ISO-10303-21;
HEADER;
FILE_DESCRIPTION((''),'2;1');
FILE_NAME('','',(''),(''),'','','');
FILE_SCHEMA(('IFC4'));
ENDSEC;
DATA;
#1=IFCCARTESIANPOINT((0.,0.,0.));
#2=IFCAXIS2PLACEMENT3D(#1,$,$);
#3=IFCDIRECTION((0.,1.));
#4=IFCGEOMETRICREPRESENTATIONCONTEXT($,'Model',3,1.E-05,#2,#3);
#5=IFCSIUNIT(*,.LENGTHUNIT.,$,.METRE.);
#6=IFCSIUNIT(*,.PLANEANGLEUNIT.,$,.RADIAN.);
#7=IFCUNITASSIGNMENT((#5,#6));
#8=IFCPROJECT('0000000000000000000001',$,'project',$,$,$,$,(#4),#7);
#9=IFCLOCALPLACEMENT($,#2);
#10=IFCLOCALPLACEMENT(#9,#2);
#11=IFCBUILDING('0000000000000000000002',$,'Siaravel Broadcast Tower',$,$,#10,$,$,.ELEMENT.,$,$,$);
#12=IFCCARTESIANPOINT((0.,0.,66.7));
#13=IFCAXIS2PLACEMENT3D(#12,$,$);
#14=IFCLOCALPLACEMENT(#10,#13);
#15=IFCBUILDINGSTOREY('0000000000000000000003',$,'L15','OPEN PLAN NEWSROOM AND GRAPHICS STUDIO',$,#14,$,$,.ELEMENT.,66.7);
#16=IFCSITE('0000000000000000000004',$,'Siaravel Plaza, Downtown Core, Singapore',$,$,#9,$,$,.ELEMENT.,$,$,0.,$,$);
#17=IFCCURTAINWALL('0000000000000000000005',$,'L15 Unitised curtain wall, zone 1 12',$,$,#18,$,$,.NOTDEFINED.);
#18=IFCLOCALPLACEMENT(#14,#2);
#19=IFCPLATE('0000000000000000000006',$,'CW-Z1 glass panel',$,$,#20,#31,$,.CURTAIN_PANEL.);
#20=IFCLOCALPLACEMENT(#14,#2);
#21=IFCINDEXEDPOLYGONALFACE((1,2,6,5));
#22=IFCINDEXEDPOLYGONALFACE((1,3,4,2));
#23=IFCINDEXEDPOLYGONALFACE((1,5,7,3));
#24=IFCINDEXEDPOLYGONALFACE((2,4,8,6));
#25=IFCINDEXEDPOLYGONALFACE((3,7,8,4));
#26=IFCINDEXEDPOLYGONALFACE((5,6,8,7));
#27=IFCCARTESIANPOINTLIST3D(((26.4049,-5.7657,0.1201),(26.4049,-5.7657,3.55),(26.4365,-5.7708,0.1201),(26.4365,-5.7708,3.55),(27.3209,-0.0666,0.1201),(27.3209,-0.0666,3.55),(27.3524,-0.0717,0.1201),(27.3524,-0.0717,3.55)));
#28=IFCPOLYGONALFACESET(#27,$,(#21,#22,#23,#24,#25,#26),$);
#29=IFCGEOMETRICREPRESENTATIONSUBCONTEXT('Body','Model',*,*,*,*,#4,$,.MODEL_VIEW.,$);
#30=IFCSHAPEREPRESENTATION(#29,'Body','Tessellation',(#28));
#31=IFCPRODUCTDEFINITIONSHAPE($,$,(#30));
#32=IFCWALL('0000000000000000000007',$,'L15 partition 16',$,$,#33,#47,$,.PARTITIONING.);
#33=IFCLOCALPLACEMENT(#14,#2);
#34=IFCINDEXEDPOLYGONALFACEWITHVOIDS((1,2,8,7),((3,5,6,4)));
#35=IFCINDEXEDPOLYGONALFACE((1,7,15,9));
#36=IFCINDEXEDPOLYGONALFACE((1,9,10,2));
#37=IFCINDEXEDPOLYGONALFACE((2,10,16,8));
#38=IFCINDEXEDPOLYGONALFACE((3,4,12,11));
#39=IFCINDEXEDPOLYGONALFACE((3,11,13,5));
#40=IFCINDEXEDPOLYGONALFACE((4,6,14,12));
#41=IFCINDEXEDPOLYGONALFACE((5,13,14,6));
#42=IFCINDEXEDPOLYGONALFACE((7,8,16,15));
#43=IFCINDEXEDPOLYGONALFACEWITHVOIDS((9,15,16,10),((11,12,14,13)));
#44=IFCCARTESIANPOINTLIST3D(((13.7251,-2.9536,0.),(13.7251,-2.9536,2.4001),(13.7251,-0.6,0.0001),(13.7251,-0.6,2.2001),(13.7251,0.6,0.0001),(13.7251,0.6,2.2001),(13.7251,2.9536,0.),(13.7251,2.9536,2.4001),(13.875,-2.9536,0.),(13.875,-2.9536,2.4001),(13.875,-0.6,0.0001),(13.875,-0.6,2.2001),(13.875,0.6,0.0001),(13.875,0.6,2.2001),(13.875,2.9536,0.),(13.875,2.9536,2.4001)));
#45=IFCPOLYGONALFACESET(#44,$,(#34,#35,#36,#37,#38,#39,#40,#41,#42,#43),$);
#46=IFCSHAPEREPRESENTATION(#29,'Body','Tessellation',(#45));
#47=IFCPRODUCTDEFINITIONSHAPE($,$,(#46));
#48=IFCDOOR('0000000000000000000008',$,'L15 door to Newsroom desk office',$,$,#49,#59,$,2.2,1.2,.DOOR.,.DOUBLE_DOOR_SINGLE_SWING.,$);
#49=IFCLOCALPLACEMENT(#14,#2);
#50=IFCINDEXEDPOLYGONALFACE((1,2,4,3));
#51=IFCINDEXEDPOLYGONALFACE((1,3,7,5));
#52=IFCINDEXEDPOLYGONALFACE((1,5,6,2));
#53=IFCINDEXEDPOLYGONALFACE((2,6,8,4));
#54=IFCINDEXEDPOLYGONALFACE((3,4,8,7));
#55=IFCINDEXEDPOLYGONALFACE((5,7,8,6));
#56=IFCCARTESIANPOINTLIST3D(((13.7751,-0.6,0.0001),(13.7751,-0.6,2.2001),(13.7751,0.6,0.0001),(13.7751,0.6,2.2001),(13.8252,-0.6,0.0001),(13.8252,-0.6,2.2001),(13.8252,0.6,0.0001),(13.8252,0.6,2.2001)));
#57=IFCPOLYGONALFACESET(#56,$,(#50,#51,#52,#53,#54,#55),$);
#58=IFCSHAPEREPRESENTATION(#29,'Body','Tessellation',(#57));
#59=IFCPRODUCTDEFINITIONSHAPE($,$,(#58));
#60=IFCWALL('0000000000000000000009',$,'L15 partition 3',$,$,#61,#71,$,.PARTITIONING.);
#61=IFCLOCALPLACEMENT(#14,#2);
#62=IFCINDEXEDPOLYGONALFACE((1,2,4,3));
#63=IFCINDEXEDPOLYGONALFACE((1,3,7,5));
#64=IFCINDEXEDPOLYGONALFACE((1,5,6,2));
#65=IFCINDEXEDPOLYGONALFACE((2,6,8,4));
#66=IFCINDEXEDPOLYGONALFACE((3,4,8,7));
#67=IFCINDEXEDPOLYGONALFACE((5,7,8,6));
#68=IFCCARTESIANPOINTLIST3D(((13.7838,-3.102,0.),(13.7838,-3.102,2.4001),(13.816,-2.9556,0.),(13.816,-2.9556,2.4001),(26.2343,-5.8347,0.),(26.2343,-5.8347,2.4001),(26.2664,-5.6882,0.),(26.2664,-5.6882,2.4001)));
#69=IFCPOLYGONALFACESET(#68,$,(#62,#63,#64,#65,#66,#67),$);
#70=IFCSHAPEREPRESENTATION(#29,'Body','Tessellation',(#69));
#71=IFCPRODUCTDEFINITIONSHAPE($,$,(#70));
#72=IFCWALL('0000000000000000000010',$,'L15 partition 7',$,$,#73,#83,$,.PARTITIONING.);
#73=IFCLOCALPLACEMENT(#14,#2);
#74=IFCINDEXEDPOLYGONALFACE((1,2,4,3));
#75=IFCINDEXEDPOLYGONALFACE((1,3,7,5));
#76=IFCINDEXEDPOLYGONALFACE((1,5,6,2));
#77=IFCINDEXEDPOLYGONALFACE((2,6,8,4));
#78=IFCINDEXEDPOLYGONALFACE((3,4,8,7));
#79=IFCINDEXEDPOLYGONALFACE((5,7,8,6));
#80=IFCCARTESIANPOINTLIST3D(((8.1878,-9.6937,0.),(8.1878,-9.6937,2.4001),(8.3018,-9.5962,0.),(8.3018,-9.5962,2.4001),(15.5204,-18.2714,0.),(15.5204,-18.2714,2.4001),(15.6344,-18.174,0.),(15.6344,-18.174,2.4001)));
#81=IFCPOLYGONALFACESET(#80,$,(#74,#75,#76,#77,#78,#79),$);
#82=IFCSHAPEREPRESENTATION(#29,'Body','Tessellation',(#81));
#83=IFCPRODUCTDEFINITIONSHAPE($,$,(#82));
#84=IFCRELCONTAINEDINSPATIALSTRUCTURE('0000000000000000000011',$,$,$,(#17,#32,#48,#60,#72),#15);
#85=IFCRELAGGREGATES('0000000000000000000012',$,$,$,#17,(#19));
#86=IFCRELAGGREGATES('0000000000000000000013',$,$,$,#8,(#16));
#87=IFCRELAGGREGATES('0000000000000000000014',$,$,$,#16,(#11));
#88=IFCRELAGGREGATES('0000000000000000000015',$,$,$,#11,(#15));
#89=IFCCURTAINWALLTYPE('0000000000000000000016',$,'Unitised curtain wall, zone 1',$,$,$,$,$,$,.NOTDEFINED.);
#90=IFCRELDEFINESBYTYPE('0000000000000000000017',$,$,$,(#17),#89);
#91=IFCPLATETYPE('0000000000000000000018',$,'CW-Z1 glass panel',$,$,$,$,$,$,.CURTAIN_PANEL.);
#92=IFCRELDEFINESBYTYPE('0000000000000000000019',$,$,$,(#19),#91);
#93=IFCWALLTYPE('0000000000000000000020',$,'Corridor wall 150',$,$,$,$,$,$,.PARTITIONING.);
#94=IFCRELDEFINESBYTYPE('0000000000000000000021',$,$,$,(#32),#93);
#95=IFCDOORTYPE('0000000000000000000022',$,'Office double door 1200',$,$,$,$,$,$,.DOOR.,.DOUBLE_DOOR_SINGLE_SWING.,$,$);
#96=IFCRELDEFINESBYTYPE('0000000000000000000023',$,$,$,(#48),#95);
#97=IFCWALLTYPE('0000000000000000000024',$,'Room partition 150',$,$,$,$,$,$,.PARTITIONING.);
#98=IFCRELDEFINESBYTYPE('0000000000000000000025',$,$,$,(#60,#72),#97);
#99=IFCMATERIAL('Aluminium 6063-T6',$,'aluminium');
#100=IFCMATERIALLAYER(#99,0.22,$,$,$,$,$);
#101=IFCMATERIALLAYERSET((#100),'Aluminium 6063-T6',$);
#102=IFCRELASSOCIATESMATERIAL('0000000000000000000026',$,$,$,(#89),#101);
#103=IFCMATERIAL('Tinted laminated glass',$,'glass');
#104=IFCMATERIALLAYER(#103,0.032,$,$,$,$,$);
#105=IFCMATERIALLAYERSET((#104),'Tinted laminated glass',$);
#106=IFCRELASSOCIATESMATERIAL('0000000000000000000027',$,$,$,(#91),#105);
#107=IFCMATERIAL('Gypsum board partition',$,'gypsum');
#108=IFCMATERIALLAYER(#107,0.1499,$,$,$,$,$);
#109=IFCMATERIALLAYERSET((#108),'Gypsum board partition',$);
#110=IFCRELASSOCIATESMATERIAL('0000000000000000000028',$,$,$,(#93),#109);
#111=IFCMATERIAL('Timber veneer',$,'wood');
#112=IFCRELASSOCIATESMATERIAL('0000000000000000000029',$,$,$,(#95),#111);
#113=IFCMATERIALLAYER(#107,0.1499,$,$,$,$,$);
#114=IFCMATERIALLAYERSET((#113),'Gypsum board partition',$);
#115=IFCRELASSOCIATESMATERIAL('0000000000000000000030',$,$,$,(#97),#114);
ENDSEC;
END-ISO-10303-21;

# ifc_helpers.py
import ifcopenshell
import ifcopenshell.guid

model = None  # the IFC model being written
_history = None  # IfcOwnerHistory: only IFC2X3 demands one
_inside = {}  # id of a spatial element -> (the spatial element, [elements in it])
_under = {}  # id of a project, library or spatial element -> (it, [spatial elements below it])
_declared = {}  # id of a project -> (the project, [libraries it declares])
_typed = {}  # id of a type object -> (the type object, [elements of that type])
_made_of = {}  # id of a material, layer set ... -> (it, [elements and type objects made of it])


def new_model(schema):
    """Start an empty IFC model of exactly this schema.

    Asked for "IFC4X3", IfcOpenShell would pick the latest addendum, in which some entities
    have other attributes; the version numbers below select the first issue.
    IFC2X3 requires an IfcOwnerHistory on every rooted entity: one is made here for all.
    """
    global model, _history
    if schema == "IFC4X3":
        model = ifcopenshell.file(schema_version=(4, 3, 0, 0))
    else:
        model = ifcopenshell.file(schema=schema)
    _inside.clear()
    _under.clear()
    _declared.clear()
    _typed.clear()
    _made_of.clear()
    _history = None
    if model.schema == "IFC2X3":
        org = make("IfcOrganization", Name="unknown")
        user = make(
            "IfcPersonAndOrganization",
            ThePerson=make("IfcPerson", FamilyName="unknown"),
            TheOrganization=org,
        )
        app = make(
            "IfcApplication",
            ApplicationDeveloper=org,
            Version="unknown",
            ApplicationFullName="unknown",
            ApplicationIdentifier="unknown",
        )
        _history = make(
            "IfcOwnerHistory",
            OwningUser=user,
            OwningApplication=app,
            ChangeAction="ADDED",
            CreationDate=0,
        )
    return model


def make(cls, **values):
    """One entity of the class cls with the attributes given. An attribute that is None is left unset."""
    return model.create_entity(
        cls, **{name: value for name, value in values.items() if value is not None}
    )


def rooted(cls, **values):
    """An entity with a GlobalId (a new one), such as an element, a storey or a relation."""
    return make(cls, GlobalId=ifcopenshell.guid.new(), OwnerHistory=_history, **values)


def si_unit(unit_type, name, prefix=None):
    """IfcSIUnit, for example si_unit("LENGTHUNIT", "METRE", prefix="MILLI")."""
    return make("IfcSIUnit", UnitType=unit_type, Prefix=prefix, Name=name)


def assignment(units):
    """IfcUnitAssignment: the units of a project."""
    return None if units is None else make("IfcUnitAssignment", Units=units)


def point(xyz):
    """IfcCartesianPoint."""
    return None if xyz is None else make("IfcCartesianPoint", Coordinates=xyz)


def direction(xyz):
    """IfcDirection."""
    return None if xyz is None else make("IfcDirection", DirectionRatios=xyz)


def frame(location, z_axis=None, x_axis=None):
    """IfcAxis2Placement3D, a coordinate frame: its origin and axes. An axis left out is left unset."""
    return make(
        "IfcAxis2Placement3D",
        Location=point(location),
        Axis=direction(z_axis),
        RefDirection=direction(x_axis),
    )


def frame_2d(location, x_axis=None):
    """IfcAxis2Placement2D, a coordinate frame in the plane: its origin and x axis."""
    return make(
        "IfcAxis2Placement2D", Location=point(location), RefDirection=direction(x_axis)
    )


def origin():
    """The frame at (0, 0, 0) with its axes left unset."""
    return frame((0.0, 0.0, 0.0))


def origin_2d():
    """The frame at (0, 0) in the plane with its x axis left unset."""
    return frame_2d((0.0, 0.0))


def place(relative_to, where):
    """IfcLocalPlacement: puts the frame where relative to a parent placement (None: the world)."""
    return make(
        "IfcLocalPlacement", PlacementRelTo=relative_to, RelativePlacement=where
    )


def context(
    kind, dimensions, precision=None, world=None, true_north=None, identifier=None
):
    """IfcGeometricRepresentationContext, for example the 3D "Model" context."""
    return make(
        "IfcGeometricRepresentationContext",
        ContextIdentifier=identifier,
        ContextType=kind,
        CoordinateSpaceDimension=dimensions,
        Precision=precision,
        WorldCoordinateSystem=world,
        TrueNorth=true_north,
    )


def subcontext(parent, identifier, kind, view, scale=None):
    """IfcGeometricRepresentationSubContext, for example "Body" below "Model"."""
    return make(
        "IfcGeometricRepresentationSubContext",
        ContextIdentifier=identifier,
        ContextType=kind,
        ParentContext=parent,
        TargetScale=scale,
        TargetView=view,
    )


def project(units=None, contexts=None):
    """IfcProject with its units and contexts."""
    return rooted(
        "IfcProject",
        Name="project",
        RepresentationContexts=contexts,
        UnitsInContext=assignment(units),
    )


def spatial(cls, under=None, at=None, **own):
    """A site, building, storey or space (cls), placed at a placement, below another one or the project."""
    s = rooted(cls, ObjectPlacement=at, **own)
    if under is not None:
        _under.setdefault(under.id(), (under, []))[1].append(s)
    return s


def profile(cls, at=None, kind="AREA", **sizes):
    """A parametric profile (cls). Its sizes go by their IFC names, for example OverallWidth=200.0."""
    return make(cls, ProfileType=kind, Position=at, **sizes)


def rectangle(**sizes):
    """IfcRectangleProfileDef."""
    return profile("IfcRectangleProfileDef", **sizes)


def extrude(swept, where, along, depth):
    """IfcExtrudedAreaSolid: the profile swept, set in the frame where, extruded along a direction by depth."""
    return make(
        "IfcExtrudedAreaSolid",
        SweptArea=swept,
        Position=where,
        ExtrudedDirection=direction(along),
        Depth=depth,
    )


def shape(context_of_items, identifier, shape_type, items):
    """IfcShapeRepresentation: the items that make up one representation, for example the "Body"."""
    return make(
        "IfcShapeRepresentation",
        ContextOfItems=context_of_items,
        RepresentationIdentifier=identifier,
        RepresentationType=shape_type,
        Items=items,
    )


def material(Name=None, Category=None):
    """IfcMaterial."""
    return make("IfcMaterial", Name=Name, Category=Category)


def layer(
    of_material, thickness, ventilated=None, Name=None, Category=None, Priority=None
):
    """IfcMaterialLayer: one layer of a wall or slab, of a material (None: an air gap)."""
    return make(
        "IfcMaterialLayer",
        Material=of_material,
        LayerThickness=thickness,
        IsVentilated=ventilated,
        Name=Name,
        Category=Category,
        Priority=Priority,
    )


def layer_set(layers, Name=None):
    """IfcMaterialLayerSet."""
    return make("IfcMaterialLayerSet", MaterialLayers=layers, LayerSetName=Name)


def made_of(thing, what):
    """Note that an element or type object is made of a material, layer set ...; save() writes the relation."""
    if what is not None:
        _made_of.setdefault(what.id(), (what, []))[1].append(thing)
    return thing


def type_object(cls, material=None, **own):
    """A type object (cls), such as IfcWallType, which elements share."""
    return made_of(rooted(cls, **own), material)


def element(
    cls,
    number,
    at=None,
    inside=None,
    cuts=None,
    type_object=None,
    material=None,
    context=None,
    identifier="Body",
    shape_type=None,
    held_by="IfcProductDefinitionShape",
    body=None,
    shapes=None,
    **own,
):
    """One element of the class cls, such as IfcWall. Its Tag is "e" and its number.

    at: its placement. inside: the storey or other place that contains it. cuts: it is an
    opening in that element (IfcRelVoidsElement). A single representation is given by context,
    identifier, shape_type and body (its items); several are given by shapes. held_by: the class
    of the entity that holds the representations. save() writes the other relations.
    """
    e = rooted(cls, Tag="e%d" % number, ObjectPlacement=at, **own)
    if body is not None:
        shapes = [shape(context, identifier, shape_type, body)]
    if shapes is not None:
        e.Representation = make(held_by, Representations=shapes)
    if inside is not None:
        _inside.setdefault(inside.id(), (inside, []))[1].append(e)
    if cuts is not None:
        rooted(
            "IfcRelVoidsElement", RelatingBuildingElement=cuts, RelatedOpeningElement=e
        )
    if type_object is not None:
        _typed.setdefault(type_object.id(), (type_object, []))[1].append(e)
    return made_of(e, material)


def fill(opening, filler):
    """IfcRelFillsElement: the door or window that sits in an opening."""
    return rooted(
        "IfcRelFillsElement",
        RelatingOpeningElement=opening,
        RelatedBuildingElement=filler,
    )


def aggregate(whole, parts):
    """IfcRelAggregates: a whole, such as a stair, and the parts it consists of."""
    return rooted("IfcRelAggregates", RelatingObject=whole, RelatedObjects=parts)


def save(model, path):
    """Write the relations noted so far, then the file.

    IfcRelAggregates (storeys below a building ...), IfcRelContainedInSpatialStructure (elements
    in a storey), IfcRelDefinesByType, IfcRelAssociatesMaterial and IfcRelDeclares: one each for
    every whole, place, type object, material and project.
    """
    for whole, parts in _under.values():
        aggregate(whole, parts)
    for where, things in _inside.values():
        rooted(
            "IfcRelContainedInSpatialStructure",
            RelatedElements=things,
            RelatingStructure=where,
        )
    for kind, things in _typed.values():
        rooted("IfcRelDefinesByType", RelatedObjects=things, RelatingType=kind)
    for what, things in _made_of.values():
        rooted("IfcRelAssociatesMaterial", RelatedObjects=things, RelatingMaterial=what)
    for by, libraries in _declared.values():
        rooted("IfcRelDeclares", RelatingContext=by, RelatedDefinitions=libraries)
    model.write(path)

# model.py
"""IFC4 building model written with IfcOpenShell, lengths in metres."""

from ifc_helpers import new_model, si_unit, direction, frame, frame_2d, origin, origin_2d, place, context, subcontext, project, spatial, rectangle, extrude, material, layer, layer_set, type_object, element, fill, aggregate, save


model = new_model("IFC4")

# Units and contexts
model_context = context("Model", 3, precision=1e-05, world=origin(), true_north=direction((0.0, 1.0)))
body_context = subcontext(model_context, "Body", "Model", "MODEL_VIEW")
ifc_project = project(units=[si_unit("LENGTHUNIT", "METRE"), si_unit("PLANEANGLEUNIT", "RADIAN")], contexts=[model_context])

# Site, building, storey
site_placement = place(None, origin())
site = spatial("IfcSite", under=ifc_project, at=site_placement, Name="Siaravel Plaza, Downtown Core, Singapore", CompositionType="ELEMENT", RefElevation=0.0)
building_placement = place(site_placement, origin())
building = spatial("IfcBuilding", under=site, at=building_placement, Name="Siaravel Broadcast Tower", CompositionType="ELEMENT")
storey_placement = place(building_placement, frame((0.0, 0.0, 66.7)))
storey = spatial("IfcBuildingStorey", under=building, at=storey_placement, Name="L15", Description="OPEN PLAN NEWSROOM AND GRAPHICS STUDIO", CompositionType="ELEMENT", Elevation=66.7)

# Shared definitions
ifc_material_1 = material(Name="Aluminium 6063-T6", Category="aluminium")
ifc_layer_1 = layer(ifc_material_1, 0.22)
ifc_layer_set_1 = layer_set([ifc_layer_1], Name="Aluminium 6063-T6")
curtain_wall_type = type_object("IfcCurtainWallType", Name="Unitised curtain wall, zone 1", PredefinedType="NOTDEFINED", material=ifc_layer_set_1)

# Curtain wall
curtain_wall_1_placement = place(storey_placement, origin())
curtain_wall_1 = element("IfcCurtainWall", 1, at=curtain_wall_1_placement, inside=storey, type_object=curtain_wall_type, Name="L15 Unitised curtain wall, zone 1 12", PredefinedType="NOTDEFINED")

# Plate
ifc_material_2 = material(Name="Tinted laminated glass", Category="glass")
ifc_layer_2 = layer(ifc_material_2, 0.032)
ifc_layer_set_2 = layer_set([ifc_layer_2], Name="Tinted laminated glass")
plate_type = type_object("IfcPlateType", Name="CW-Z1 glass panel", PredefinedType="CURTAIN_PANEL", material=ifc_layer_set_2)
plate_1_placement = place(storey_placement, frame((26.8787, -2.9187, 0.1201), z_axis=(0.0, 0.0, 1.0), x_axis=(0.158686, 0.987329, 0.0)))
plate_1 = element("IfcPlate", 2, at=plate_1_placement, type_object=plate_type, Name="CW-Z1 glass panel", PredefinedType="CURTAIN_PANEL", context=body_context, shape_type="SweptSolid", body=[
    extrude(rectangle(XDim=5.7722, YDim=0.032, at=origin_2d()), origin(), (0.0, 0.0, 1.0), 3.4299),
])
aggregate(curtain_wall_1, [plate_1])

# Wall, opening, door
ifc_material_3 = material(Name="Gypsum board partition", Category="gypsum")
ifc_layer_3 = layer(ifc_material_3, 0.1499)
ifc_layer_set_3 = layer_set([ifc_layer_3], Name="Gypsum board partition")
wall_type_1 = type_object("IfcWallType", Name="Corridor wall 150", PredefinedType="PARTITIONING", material=ifc_layer_set_3)
wall_1_placement = place(storey_placement, frame((13.8, -2.9536, 0.0), z_axis=(0.0, 0.0, 1.0), x_axis=(0.0, 1.0, 0.0)))
wall_1 = element("IfcWall", 3, at=wall_1_placement, inside=storey, type_object=wall_type_1, Name="L15 partition 16", PredefinedType="PARTITIONING", context=body_context, shape_type="SweptSolid", body=[
    extrude(rectangle(XDim=5.9072, YDim=0.1499, at=frame_2d((2.9536, 0.0))), origin(), (0.0, 0.0, 1.0), 2.4001),
])
opening_1_placement = place(wall_1_placement, frame((2.3535, 0.0, 0.0)))
opening_1 = element("IfcOpeningElement", 4, at=opening_1_placement, cuts=wall_1, PredefinedType="OPENING", context=body_context, shape_type="SweptSolid", body=[
    extrude(rectangle(XDim=1.2, YDim=2.2, at=frame_2d((0.6001, 1.1001))), frame((0.0, 0.085, 0.0), z_axis=(0.0, -1.0, 0.0), x_axis=(1.0, 0.0, 0.0)), (0.0, 0.0, 1.0), 0.1699),
])
ifc_material_4 = material(Name="Timber veneer", Category="wood")
door_type_1 = type_object("IfcDoorType", Name="Office double door 1200", OperationType="DOUBLE_DOOR_SINGLE_SWING", PredefinedType="DOOR", material=ifc_material_4)
door_1_placement = place(opening_1_placement, origin())
door_1 = element("IfcDoor", 5, at=door_1_placement, inside=storey, type_object=door_type_1, Name="L15 door to Newsroom desk office", OperationType="DOUBLE_DOOR_SINGLE_SWING", OverallHeight=2.2, OverallWidth=1.2, PredefinedType="DOOR", context=body_context, shape_type="SweptSolid", body=[
    extrude(rectangle(XDim=1.2, YDim=2.2, at=frame_2d((0.6001, 1.1001))), frame((0.0, 0.0249, 0.0), z_axis=(0.0, -1.0, 0.0), x_axis=(1.0, 0.0, 0.0)), (0.0, 0.0, 1.0), 0.05),
])
fill(opening_1, door_1)

# Walls
ifc_layer_4 = layer(ifc_material_3, 0.1499)
ifc_layer_set_4 = layer_set([ifc_layer_4], Name="Gypsum board partition")
wall_type_2 = type_object("IfcWallType", Name="Room partition 150", PredefinedType="PARTITIONING", material=ifc_layer_set_4)
wall_2_placement = place(storey_placement, frame((26.2505, -5.7615, 0.0), z_axis=(0.0, 0.0, 1.0), x_axis=(-0.97675, 0.214381, 0.0)))
element("IfcWall", 6, at=wall_2_placement, inside=storey, type_object=wall_type_2, Name="L15 partition 3", PredefinedType="PARTITIONING", context=body_context, shape_type="SweptSolid", body=[
    extrude(rectangle(XDim=12.7468, YDim=0.1499, at=frame_2d((6.3735, 0.0))), origin(), (0.0, 0.0, 1.0), 2.4001),
])
wall_3_placement = place(storey_placement, frame((15.5774, -18.2227, 0.0), z_axis=(0.0, 0.0, 1.0), x_axis=(-0.649782, 0.76012, 0.0)))
element("IfcWall", 7, at=wall_3_placement, inside=storey, type_object=wall_type_2, Name="L15 partition 7", PredefinedType="PARTITIONING", context=body_context, shape_type="SweptSolid", body=[
    extrude(rectangle(XDim=11.2847, YDim=0.1499, at=frame_2d((5.6423, 0.0))), origin(), (0.0, 0.0, 1.0), 2.4001),
])

save(model, "model.ifc")
